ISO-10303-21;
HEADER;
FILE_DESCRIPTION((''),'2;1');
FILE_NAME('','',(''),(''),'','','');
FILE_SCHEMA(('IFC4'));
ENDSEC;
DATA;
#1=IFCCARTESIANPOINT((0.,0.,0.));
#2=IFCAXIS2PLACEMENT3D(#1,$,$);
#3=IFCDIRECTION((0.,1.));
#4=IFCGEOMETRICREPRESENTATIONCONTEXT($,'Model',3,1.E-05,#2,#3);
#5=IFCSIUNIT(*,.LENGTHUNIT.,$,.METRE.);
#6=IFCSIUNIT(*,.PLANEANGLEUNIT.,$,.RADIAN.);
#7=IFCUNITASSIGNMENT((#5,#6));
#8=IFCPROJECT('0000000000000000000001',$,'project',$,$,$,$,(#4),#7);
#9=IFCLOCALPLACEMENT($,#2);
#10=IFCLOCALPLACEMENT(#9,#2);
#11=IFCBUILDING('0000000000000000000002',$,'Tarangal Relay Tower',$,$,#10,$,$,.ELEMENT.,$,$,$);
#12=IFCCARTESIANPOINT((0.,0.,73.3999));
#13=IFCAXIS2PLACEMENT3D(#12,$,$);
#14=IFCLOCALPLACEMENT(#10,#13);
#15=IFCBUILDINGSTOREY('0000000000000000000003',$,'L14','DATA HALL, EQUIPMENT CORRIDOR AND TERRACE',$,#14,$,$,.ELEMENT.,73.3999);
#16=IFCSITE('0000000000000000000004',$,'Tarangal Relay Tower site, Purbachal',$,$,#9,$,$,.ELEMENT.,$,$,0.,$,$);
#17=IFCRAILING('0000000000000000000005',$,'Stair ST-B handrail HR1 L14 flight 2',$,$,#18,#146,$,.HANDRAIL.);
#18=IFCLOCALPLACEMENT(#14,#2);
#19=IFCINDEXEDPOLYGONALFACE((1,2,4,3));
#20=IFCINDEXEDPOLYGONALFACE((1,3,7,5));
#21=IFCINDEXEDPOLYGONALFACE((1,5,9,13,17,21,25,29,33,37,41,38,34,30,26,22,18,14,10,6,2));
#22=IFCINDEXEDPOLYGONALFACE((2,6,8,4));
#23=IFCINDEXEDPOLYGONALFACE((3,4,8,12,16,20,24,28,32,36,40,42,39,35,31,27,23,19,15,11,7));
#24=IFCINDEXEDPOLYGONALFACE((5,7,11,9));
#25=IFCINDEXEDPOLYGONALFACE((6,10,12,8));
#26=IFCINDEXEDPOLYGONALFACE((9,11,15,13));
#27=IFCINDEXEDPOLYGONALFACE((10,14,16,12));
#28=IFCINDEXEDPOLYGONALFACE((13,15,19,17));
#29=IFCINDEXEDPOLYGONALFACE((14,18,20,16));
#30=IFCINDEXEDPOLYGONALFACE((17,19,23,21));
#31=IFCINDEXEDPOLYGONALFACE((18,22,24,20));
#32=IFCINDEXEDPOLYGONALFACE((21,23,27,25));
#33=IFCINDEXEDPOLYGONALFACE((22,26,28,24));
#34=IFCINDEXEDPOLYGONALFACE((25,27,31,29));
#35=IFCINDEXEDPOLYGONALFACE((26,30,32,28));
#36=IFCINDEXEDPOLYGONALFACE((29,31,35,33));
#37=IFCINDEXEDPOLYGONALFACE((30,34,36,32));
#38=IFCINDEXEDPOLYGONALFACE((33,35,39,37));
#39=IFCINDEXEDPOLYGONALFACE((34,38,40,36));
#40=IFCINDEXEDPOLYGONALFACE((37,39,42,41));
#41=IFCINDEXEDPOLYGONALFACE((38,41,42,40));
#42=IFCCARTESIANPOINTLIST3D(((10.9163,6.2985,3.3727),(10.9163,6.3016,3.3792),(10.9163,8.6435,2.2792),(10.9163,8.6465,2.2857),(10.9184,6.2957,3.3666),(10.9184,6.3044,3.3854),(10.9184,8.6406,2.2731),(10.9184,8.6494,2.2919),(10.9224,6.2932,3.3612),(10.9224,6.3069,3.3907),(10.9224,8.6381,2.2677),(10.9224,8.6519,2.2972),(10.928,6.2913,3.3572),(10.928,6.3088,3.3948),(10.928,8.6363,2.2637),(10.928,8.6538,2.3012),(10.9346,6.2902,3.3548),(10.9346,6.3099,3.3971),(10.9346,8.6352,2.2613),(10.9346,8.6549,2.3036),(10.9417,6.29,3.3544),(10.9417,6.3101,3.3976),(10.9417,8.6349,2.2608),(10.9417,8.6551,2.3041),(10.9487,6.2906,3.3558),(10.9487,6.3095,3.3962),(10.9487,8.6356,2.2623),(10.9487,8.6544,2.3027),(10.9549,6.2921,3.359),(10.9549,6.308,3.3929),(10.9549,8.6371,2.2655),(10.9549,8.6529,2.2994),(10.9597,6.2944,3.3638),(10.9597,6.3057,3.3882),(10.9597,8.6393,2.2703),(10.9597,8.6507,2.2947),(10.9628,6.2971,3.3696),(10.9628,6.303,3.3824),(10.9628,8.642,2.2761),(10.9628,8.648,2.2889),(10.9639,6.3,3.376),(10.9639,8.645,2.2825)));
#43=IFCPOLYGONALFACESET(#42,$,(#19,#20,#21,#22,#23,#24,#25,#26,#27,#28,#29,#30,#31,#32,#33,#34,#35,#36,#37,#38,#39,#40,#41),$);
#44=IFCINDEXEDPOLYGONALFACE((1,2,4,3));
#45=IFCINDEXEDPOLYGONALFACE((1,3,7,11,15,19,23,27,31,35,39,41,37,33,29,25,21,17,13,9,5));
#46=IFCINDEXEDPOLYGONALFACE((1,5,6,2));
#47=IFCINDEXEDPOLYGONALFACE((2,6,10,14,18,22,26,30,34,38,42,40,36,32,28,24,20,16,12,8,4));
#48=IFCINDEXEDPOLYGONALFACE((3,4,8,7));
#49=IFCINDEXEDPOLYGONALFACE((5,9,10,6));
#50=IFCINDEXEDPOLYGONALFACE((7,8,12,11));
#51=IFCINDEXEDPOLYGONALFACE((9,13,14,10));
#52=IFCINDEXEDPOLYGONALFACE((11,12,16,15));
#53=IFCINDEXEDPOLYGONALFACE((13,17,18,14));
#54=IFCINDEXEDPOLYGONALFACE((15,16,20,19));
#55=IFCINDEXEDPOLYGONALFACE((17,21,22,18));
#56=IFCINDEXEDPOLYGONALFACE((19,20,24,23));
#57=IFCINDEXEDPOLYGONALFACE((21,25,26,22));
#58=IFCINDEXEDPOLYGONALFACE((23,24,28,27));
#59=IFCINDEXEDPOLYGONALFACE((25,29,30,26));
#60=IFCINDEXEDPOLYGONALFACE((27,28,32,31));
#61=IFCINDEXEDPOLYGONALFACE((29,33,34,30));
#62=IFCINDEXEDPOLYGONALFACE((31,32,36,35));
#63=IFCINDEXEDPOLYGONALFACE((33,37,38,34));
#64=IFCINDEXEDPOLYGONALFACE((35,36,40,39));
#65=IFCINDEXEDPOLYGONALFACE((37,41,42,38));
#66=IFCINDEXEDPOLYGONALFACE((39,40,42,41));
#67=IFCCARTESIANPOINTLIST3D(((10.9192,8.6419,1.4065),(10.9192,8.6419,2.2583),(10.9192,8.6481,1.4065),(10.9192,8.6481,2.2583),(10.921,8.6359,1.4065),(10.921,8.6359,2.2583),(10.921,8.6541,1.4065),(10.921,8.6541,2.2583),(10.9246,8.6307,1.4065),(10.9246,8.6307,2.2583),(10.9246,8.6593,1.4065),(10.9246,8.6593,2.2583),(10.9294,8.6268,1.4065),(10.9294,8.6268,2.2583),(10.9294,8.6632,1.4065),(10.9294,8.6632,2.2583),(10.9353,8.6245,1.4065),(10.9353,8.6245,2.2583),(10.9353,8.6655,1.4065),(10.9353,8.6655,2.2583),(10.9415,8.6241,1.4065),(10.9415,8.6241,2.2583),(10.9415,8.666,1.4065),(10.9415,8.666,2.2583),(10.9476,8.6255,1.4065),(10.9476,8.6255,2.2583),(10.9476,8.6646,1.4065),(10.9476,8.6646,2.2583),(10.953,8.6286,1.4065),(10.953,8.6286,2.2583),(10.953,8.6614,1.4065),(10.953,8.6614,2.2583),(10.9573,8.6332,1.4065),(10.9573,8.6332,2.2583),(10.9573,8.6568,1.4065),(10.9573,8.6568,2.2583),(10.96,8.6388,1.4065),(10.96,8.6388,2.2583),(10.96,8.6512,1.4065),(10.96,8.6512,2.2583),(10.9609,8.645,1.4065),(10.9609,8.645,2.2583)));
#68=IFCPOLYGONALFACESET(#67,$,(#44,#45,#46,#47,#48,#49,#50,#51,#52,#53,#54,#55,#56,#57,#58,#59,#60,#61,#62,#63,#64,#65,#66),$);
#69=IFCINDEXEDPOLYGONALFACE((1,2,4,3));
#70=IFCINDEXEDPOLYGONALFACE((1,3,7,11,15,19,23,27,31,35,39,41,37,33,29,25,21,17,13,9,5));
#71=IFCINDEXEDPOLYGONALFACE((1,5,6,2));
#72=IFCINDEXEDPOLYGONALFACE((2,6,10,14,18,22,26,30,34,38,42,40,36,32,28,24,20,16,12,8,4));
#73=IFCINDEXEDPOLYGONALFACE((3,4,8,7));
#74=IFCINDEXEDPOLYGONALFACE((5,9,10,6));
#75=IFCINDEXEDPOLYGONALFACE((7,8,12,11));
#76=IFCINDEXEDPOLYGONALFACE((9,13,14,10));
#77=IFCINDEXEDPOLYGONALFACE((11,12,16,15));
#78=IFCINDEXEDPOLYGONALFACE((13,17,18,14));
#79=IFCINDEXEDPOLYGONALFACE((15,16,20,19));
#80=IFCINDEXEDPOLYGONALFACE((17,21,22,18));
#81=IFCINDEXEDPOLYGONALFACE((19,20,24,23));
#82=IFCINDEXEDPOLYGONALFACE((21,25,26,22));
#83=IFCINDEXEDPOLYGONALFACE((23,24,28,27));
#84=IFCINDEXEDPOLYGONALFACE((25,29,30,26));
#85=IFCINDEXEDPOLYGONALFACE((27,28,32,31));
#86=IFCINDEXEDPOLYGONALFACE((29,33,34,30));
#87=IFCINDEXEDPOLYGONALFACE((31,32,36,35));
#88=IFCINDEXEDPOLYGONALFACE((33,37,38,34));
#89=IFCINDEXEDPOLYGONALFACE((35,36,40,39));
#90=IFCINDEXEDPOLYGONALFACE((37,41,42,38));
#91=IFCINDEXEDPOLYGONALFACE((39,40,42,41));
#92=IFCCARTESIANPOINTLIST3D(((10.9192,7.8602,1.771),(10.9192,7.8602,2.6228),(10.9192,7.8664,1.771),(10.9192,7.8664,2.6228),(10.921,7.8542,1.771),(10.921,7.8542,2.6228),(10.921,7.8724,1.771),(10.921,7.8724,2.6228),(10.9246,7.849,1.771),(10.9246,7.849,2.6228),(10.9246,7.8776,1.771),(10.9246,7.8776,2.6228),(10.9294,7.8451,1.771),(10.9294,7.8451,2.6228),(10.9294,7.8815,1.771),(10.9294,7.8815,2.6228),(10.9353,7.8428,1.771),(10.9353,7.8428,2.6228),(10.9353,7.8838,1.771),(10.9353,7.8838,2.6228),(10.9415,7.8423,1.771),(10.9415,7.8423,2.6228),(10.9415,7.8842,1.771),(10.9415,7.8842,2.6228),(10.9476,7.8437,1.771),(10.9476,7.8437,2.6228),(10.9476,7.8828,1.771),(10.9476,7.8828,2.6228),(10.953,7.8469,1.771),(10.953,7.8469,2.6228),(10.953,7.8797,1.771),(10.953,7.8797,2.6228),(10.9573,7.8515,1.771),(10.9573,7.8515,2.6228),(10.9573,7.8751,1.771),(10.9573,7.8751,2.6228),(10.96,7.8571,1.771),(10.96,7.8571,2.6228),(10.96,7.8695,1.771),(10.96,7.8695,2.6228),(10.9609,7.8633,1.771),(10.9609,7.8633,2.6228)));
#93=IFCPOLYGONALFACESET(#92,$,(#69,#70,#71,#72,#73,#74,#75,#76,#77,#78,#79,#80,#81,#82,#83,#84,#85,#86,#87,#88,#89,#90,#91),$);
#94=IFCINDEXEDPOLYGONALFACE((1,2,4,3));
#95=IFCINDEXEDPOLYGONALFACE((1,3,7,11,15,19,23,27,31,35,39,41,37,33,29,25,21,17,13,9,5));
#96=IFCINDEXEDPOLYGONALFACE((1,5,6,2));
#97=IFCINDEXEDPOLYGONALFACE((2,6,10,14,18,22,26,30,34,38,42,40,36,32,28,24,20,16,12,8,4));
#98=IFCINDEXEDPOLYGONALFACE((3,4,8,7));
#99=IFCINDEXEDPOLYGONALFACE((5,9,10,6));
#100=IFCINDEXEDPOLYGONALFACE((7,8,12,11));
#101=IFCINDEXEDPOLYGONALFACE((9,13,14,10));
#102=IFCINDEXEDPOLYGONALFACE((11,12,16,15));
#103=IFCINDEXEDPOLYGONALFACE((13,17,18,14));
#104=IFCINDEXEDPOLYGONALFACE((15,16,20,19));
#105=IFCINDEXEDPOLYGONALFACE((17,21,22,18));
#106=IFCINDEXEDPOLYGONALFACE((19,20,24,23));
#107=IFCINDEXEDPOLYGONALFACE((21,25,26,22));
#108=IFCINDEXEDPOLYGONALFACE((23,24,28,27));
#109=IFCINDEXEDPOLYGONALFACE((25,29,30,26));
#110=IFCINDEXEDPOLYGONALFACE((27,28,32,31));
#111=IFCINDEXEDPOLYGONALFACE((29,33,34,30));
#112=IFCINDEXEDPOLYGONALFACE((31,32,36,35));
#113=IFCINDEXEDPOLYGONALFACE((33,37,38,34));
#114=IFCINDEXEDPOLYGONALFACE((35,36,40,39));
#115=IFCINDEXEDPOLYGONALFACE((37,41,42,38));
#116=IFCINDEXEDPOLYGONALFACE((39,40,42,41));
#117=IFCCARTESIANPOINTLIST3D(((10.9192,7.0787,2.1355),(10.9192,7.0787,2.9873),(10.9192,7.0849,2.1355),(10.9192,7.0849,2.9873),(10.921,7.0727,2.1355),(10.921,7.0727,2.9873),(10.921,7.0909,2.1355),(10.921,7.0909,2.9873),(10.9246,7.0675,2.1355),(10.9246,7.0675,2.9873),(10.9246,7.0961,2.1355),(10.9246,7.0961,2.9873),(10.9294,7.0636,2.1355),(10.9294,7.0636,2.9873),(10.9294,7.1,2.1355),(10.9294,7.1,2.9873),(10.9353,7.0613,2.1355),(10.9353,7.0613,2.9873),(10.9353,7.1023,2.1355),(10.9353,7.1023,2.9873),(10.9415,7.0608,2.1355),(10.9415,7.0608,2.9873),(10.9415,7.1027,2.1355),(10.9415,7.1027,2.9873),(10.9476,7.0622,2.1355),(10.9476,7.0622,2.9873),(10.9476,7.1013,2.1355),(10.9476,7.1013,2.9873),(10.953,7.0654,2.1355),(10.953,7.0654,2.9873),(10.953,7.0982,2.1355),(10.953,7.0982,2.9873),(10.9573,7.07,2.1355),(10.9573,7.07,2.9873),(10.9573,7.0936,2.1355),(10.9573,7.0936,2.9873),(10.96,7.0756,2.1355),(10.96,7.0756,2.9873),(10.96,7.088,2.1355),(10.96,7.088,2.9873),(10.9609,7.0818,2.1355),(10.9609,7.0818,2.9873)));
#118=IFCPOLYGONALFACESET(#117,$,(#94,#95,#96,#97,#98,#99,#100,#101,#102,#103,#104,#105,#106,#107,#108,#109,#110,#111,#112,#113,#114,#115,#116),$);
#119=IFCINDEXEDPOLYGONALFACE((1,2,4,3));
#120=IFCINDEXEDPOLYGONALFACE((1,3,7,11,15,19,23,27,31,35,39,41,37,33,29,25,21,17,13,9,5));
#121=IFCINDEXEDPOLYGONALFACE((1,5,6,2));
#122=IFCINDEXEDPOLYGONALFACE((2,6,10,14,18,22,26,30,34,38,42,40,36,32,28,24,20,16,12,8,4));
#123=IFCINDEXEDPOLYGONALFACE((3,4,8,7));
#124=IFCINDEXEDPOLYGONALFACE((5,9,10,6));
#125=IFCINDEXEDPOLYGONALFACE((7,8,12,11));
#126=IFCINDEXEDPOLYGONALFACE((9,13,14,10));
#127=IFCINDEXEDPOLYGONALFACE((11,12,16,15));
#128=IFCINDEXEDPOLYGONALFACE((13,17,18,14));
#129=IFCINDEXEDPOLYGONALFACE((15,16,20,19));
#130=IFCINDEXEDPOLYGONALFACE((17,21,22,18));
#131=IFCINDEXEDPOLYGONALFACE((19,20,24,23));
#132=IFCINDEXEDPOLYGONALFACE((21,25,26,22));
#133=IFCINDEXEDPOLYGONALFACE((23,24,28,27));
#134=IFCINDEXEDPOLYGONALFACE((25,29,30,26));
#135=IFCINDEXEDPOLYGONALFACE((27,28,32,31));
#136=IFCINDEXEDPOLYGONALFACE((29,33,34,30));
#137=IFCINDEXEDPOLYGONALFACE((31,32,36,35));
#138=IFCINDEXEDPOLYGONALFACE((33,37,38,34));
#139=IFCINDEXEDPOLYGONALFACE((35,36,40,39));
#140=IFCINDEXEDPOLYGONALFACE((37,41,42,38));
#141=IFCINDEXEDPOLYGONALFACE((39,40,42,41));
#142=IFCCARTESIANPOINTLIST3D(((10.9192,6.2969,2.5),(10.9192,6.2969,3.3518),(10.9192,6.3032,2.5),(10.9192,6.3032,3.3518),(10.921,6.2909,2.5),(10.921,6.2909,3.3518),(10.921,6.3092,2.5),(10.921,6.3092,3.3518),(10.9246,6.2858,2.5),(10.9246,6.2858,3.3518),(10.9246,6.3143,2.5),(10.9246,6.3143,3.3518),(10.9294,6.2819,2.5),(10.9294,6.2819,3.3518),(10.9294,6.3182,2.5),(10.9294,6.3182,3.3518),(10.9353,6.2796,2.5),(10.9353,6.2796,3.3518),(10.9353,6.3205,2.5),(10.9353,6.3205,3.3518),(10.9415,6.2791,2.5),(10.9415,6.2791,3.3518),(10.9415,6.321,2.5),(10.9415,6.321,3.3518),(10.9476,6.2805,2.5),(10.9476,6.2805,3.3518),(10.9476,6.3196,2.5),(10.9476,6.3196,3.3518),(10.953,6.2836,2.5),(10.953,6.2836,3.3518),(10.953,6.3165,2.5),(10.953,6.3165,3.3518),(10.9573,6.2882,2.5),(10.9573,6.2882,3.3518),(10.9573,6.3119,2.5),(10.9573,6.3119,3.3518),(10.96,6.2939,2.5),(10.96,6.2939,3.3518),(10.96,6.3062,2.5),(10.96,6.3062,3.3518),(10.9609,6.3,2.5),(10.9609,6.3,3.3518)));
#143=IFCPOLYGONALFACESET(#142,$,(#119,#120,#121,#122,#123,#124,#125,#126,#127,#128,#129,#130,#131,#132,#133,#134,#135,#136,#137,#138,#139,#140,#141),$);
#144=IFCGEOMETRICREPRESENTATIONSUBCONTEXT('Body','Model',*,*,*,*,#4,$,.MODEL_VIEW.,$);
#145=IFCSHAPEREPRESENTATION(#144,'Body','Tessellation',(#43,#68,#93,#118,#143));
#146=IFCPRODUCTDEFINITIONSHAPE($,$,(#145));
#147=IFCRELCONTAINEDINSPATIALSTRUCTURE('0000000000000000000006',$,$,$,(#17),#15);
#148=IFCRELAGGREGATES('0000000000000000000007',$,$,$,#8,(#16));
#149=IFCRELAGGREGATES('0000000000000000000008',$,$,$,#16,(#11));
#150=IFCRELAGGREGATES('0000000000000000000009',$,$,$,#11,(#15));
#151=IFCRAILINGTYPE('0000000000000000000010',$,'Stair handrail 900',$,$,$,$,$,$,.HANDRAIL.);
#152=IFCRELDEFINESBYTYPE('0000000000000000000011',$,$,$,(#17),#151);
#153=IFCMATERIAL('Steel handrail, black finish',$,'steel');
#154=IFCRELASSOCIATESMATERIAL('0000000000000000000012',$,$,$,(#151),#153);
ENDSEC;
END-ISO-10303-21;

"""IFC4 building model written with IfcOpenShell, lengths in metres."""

from ifc_helpers import new_model, si_unit, direction, frame, origin, origin_2d, place, context, subcontext, project, spatial, circle, extrude, material, type_object, element, save


model = new_model("IFC4")

# Units and contexts
model_context = context("Model", 3, precision=1e-05, world=origin(), true_north=direction((0.0, 1.0)))
body_context = subcontext(model_context, "Body", "Model", "MODEL_VIEW")
ifc_project = project(units=[si_unit("LENGTHUNIT", "METRE"), si_unit("PLANEANGLEUNIT", "RADIAN")], contexts=[model_context])

# Site, building, storey
site_placement = place(None, origin())
site = spatial("IfcSite", under=ifc_project, at=site_placement, Name="Tarangal Relay Tower site, Purbachal", CompositionType="ELEMENT", RefElevation=0.0)
building_placement = place(site_placement, origin())
building = spatial("IfcBuilding", under=site, at=building_placement, Name="Tarangal Relay Tower", CompositionType="ELEMENT")
storey_placement = place(building_placement, frame((0.0, 0.0, 73.3999)))
storey = spatial("IfcBuildingStorey", under=building, at=storey_placement, Name="L14", Description="DATA HALL, EQUIPMENT CORRIDOR AND TERRACE", CompositionType="ELEMENT", Elevation=73.3999)

# Railing
ifc_material_1 = material(Name="Steel handrail, black finish", Category="steel")
railing_type_1 = type_object("IfcRailingType", Name="Stair handrail 900", PredefinedType="HANDRAIL", material=ifc_material_1)
for number, where, name in (
    (1, (10.9399, 8.645, 1.4065), "Stair ST-B handrail HR1 L14 flight 2"),
):
    element("IfcRailing", number, at=place(storey_placement, frame(where)), inside=storey, type_object=railing_type_1, Name=name, PredefinedType="HANDRAIL", context=body_context, shape_type="SweptSolid", body=[
        extrude(circle(Radius=0.0239, at=origin_2d()), frame((0.0, 0.0, 0.876), z_axis=(0.0, -0.906304, 0.422627), x_axis=(1.0, 0.0, 0.0)), (0.0, 0.0, 1.0), 2.5874),
        extrude(circle(Radius=0.021, at=origin_2d()), origin(), (0.0, 0.0, 1.0), 0.8518),
        extrude(circle(Radius=0.021, at=origin_2d()), frame((0.0, -0.7817, 0.3645)), (0.0, 0.0, 1.0), 0.8518),
        extrude(circle(Radius=0.021, at=origin_2d()), frame((0.0, -1.5632, 0.729)), (0.0, 0.0, 1.0), 0.8518),
        extrude(circle(Radius=0.021, at=origin_2d()), frame((0.0, -2.345, 1.0935)), (0.0, 0.0, 1.0), 0.8518),
    ])

save(model, "model.ifc")
